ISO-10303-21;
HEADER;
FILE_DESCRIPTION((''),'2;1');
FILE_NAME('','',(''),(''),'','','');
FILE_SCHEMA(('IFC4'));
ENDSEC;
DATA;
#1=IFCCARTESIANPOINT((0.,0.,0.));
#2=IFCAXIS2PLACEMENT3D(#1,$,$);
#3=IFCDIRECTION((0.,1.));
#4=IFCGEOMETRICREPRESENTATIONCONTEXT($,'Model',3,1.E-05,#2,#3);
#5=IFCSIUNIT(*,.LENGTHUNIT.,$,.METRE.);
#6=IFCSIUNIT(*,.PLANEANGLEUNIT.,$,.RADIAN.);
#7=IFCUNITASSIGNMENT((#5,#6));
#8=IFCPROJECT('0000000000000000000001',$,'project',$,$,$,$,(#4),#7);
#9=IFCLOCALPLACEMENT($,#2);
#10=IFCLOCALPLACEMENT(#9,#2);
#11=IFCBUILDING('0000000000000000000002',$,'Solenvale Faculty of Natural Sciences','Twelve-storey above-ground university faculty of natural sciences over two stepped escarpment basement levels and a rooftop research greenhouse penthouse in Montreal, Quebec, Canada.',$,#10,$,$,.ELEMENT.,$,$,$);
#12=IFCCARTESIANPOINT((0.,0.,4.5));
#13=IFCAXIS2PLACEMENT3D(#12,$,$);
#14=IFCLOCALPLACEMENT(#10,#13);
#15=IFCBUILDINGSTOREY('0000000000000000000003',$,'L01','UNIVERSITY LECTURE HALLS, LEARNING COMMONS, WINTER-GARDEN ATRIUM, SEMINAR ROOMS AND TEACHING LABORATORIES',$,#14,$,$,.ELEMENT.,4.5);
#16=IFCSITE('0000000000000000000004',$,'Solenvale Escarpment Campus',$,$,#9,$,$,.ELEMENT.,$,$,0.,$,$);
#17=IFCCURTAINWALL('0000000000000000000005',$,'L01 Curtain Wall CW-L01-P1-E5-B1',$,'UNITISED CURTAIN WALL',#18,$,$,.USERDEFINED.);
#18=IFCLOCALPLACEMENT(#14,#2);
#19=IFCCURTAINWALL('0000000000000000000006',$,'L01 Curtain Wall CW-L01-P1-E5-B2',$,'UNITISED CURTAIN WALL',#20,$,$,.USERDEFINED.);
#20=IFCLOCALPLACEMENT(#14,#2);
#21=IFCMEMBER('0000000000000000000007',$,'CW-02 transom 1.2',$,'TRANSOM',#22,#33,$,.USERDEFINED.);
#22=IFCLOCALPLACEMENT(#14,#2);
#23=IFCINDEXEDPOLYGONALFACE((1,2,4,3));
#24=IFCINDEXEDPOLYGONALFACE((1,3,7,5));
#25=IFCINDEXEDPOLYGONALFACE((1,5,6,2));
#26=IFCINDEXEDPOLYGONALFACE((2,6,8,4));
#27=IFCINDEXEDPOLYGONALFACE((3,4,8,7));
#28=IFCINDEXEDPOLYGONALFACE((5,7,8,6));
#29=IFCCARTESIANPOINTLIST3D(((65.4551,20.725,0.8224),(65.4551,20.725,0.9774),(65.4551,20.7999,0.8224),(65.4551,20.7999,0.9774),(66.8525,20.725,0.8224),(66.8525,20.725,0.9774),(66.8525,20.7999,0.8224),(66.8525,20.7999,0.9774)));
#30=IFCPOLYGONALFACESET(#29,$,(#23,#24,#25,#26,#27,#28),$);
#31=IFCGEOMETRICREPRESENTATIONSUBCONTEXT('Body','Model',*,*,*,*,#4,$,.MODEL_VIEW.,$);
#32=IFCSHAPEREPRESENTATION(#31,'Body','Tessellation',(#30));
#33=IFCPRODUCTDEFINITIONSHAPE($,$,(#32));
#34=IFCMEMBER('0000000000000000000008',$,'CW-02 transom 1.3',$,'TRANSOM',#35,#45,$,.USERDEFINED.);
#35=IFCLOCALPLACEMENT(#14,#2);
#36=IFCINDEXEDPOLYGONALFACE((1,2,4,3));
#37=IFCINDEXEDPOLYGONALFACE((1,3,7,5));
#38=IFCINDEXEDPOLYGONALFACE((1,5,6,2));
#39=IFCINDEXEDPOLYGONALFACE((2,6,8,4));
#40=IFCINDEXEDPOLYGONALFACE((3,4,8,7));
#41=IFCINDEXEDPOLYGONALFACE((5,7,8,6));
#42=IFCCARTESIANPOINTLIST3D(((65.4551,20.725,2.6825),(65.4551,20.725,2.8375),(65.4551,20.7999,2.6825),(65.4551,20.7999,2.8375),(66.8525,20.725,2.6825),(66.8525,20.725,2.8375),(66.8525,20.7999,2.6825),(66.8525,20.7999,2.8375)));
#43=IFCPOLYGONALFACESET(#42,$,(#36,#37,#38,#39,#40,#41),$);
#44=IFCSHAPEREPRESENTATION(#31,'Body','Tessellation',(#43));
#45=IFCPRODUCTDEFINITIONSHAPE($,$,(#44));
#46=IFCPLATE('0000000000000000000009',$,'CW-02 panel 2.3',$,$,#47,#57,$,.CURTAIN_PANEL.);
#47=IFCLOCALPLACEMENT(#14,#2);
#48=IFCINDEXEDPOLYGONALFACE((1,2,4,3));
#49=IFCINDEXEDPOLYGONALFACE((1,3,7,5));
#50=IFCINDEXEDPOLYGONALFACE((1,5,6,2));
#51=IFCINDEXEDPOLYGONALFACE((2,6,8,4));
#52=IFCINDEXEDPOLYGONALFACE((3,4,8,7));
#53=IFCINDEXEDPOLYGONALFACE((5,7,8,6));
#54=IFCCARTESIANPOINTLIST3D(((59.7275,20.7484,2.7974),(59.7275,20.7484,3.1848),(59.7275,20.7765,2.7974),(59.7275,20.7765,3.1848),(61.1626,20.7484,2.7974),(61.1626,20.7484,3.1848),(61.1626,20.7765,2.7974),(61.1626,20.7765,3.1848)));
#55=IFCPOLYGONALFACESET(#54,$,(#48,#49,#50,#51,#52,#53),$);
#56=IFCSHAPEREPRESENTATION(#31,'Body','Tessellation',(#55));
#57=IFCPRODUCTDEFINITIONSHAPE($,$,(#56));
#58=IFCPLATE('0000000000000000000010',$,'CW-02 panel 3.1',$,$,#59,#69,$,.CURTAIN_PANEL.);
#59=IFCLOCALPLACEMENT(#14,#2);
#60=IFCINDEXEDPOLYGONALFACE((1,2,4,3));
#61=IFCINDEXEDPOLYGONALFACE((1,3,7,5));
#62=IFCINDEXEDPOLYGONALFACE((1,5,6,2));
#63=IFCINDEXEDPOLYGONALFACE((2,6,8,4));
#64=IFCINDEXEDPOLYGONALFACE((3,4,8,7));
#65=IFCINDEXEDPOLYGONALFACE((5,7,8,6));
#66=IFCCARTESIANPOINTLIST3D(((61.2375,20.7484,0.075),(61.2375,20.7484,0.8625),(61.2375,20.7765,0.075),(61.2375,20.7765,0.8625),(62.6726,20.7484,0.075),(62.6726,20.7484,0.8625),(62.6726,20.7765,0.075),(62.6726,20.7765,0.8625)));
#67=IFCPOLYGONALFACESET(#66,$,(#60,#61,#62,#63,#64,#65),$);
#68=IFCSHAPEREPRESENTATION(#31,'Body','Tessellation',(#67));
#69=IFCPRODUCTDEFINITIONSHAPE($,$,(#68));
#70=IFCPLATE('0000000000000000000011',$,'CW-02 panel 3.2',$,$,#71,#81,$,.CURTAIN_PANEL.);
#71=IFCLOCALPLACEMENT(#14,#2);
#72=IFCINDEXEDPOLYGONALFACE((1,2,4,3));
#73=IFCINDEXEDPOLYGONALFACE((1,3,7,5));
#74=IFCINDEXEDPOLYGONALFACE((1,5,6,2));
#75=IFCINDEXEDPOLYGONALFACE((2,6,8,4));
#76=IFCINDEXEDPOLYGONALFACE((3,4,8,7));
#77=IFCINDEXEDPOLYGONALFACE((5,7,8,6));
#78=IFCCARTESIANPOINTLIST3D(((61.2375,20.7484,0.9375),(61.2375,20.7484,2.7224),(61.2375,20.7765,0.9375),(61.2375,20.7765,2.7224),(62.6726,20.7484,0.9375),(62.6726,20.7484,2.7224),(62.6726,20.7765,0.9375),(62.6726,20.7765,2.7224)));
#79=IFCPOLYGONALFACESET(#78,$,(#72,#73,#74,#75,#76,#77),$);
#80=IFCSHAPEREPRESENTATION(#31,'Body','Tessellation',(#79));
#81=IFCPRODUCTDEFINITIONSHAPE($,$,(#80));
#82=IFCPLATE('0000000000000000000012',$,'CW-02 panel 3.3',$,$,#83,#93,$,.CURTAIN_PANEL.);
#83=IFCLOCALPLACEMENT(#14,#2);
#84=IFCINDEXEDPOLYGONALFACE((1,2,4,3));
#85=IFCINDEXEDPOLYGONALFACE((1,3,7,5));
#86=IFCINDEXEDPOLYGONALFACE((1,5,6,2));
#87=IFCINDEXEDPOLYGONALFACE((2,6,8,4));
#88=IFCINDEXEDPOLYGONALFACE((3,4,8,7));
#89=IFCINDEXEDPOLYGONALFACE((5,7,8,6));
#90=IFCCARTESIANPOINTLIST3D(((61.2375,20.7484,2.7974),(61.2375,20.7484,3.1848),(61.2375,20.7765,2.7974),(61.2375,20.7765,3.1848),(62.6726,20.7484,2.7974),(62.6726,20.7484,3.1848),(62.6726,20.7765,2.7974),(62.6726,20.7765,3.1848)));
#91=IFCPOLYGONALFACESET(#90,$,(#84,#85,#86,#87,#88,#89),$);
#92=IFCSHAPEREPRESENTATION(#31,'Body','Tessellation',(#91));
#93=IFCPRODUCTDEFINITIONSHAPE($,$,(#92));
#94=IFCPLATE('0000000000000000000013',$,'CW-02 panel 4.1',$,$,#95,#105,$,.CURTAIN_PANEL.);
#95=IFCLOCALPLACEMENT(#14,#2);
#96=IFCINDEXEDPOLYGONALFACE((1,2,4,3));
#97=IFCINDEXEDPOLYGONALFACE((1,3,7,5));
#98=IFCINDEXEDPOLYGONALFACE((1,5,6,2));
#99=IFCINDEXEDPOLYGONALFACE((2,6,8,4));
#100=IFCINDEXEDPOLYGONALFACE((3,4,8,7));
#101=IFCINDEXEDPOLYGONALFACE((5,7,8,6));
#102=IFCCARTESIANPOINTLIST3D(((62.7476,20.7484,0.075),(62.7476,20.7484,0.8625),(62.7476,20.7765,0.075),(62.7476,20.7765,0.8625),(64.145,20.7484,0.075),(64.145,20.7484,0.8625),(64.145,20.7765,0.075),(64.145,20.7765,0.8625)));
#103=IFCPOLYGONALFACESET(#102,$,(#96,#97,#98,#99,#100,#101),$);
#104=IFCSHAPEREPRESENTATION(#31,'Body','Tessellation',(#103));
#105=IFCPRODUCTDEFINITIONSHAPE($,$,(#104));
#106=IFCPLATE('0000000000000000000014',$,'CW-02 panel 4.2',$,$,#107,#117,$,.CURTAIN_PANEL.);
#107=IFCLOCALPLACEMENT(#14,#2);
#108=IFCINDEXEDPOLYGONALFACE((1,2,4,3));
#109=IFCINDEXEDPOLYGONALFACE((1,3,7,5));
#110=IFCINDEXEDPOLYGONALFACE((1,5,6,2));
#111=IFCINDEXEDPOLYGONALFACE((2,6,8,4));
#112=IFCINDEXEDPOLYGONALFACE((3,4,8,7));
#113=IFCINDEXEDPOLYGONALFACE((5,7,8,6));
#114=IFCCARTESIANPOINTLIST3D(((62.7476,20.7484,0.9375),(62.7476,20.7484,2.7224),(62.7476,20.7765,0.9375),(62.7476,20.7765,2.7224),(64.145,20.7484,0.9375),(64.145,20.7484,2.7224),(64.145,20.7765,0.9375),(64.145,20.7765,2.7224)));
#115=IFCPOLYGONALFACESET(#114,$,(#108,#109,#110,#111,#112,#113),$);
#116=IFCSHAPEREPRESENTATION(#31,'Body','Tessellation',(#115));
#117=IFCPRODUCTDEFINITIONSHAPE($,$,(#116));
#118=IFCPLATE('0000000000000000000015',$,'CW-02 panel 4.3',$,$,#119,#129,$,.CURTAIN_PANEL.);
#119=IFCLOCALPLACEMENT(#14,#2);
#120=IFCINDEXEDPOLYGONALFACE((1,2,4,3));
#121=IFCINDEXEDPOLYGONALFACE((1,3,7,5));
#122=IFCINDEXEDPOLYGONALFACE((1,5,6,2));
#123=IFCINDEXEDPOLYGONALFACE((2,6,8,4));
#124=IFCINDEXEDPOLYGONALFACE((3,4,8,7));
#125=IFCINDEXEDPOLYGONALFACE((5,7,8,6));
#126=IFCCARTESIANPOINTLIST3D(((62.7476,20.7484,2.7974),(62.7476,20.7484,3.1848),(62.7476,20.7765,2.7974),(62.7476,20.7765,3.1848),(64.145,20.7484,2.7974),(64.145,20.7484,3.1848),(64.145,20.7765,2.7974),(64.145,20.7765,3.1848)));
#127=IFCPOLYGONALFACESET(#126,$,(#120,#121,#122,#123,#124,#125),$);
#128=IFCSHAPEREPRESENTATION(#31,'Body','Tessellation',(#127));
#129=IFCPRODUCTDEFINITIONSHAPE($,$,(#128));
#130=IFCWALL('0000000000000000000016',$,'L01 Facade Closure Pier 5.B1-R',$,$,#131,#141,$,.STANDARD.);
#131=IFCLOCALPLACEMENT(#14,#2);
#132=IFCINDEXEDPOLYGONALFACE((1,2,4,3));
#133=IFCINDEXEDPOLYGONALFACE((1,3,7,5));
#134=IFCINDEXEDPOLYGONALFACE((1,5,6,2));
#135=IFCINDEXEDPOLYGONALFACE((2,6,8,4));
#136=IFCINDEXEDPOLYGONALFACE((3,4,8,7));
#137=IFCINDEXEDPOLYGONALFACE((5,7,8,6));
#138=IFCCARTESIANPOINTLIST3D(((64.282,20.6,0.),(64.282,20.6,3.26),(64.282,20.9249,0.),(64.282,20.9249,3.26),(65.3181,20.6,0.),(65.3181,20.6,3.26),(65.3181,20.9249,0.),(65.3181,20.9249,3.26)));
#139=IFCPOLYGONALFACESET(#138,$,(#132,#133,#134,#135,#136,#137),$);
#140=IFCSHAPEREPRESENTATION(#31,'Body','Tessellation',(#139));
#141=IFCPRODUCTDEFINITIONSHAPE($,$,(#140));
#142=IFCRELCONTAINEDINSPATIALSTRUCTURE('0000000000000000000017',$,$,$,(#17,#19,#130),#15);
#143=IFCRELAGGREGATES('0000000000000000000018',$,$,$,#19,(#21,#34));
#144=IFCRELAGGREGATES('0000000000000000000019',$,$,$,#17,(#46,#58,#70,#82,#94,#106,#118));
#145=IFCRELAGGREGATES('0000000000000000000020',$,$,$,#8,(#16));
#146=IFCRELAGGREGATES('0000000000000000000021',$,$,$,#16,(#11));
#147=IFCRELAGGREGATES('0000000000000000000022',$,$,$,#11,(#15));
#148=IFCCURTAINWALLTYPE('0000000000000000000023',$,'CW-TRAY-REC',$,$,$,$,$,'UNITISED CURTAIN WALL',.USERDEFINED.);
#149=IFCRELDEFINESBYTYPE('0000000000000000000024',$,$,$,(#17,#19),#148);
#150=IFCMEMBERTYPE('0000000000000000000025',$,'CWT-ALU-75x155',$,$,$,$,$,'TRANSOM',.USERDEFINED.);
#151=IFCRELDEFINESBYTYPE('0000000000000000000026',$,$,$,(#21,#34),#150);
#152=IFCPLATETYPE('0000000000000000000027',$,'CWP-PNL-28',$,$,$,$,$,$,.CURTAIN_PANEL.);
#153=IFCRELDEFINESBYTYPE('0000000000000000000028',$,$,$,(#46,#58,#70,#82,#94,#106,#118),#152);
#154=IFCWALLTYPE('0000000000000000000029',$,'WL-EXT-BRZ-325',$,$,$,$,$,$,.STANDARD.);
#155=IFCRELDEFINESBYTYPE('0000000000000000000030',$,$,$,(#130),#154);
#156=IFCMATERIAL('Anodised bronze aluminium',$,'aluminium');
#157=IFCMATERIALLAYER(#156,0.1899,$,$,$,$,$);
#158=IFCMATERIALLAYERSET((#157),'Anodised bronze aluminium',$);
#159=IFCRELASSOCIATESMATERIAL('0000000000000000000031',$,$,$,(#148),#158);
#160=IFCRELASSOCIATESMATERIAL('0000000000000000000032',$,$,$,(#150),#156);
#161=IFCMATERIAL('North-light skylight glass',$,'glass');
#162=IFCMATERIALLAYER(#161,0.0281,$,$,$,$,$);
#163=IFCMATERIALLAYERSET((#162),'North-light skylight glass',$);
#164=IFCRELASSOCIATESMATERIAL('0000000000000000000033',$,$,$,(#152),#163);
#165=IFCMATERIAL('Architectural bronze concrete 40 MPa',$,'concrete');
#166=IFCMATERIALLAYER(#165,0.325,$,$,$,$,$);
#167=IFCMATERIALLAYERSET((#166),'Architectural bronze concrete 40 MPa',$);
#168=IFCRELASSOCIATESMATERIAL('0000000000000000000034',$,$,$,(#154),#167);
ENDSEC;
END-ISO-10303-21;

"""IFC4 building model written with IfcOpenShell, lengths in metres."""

from ifc_helpers import new_model, si_unit, direction, frame, frame_2d, origin, origin_2d, place, context, subcontext, project, spatial, rectangle, extrude, material, layer, layer_set, material_profile, profile_set, type_object, element, aggregate, save


model = new_model("IFC4")

# Units and contexts
model_context = context("Model", 3, precision=1e-05, world=origin(), true_north=direction((0.0, 1.0)))
body_context = subcontext(model_context, "Body", "Model", "MODEL_VIEW")
ifc_project = project(units=[si_unit("LENGTHUNIT", "METRE"), si_unit("PLANEANGLEUNIT", "RADIAN")], contexts=[model_context])

# Site, building, storey
site_placement = place(None, origin())
site = spatial("IfcSite", under=ifc_project, at=site_placement, Name="Solenvale Escarpment Campus", CompositionType="ELEMENT", RefElevation=0.0)
building_placement = place(site_placement, origin())
building = spatial("IfcBuilding", under=site, at=building_placement, Name="Solenvale Faculty of Natural Sciences", Description="Twelve-storey above-ground university faculty of natural sciences over two stepped escarpment basement levels and a rooftop research greenhouse penthouse in Montreal, Quebec, Canada.", CompositionType="ELEMENT")
storey_placement = place(building_placement, frame((0.0, 0.0, 4.5)))
storey = spatial("IfcBuildingStorey", under=building, at=storey_placement, Name="L01", Description="UNIVERSITY LECTURE HALLS, LEARNING COMMONS, WINTER-GARDEN ATRIUM, SEMINAR ROOMS AND TEACHING LABORATORIES", CompositionType="ELEMENT", Elevation=4.5)

# Shared definitions
ifc_material_1 = material(Name="Architectural bronze concrete 40 MPa", Category="concrete")

# Curtain wall
ifc_material_2 = material(Name="Anodised bronze aluminium", Category="aluminium")
ifc_layer_1 = layer(ifc_material_2, 0.1899)
ifc_layer_set_1 = layer_set([ifc_layer_1], Name="Anodised bronze aluminium")
curtain_wall_type = type_object("IfcCurtainWallType", Name="CW-TRAY-REC", ElementType="UNITISED CURTAIN WALL", PredefinedType="USERDEFINED", material=ifc_layer_set_1)
curtain_wall_1_placement = place(storey_placement, origin())
curtain_wall_1 = element("IfcCurtainWall", 1, at=curtain_wall_1_placement, inside=storey, type_object=curtain_wall_type, Name="L01 Curtain Wall CW-L01-P1-E5-B1", ObjectType="UNITISED CURTAIN WALL", PredefinedType="USERDEFINED")

# Curtain wall
curtain_wall_2_placement = place(storey_placement, origin())
curtain_wall_2 = element("IfcCurtainWall", 2, at=curtain_wall_2_placement, inside=storey, type_object=curtain_wall_type, Name="L01 Curtain Wall CW-L01-P1-E5-B2", ObjectType="UNITISED CURTAIN WALL", PredefinedType="USERDEFINED")

# Members
ifc_material_profile_1 = material_profile(ifc_material_2, rectangle(XDim=0.075, YDim=0.155, at=origin_2d()), Name="ALU-TRN-75x155")
ifc_profile_set_1 = profile_set([ifc_material_profile_1], Name="Anodised bronze aluminium")
member_type_1 = type_object("IfcMemberType", Name="CWT-ALU-75x155", ElementType="TRANSOM", PredefinedType="USERDEFINED", material=ifc_profile_set_1)
member_1_placement = place(storey_placement, frame((65.4551, 20.7625, 0.8999), z_axis=(1.0, 0.0, 0.0), x_axis=(0.0, 1.0, 0.0)))
member_1 = element("IfcMember", 3, at=member_1_placement, type_object=member_type_1, Name="CW-02 transom 1.2", ObjectType="TRANSOM", PredefinedType="USERDEFINED", context=body_context, shape_type="SweptSolid", body=[
    extrude(rectangle(XDim=0.075, YDim=0.155, at=origin_2d()), origin(), (0.0, 0.0, 1.0), 1.3975),
])
member_2_placement = place(storey_placement, frame((65.4551, 20.7625, 2.76), z_axis=(1.0, 0.0, 0.0), x_axis=(0.0, 1.0, 0.0)))
member_2 = element("IfcMember", 4, at=member_2_placement, type_object=member_type_1, Name="CW-02 transom 1.3", ObjectType="TRANSOM", PredefinedType="USERDEFINED", context=body_context, shape_type="SweptSolid", body=[
    extrude(rectangle(XDim=0.075, YDim=0.155, at=origin_2d()), origin(), (0.0, 0.0, 1.0), 1.3975),
])
aggregate(curtain_wall_2, [member_1, member_2])

# Plates
ifc_material_3 = material(Name="North-light skylight glass", Category="glass")
ifc_layer_2 = layer(ifc_material_3, 0.0281)
ifc_layer_set_2 = layer_set([ifc_layer_2], Name="North-light skylight glass")
plate_type = type_object("IfcPlateType", Name="CWP-PNL-28", PredefinedType="CURTAIN_PANEL", material=ifc_layer_set_2)
plate_1_placement = place(storey_placement, frame((60.4451, 20.7625, 2.7974), z_axis=(0.0, 0.0, 1.0), x_axis=(1.0, 0.0, 0.0)))
plate_1 = element("IfcPlate", 5, at=plate_1_placement, type_object=plate_type, Name="CW-02 panel 2.3", PredefinedType="CURTAIN_PANEL", context=body_context, shape_type="SweptSolid", body=[
    extrude(rectangle(XDim=1.4351, YDim=0.0281, at=origin_2d()), origin(), (0.0, 0.0, 1.0), 0.3875),
])
plate_2_placement = place(storey_placement, frame((61.9551, 20.7625, 0.075), z_axis=(0.0, 0.0, 1.0), x_axis=(1.0, 0.0, 0.0)))
plate_2 = element("IfcPlate", 6, at=plate_2_placement, type_object=plate_type, Name="CW-02 panel 3.1", PredefinedType="CURTAIN_PANEL", context=body_context, shape_type="SweptSolid", body=[
    extrude(rectangle(XDim=1.4351, YDim=0.0281, at=origin_2d()), origin(), (0.0, 0.0, 1.0), 0.7876),
])
plate_3_placement = place(storey_placement, frame((61.9551, 20.7625, 0.9375), z_axis=(0.0, 0.0, 1.0), x_axis=(1.0, 0.0, 0.0)))
plate_3 = element("IfcPlate", 7, at=plate_3_placement, type_object=plate_type, Name="CW-02 panel 3.2", PredefinedType="CURTAIN_PANEL", context=body_context, shape_type="SweptSolid", body=[
    extrude(rectangle(XDim=1.4351, YDim=0.0281, at=origin_2d()), origin(), (0.0, 0.0, 1.0), 1.7849),
])
plate_4_placement = place(storey_placement, frame((61.9551, 20.7625, 2.7974), z_axis=(0.0, 0.0, 1.0), x_axis=(1.0, 0.0, 0.0)))
plate_4 = element("IfcPlate", 8, at=plate_4_placement, type_object=plate_type, Name="CW-02 panel 3.3", PredefinedType="CURTAIN_PANEL", context=body_context, shape_type="SweptSolid", body=[
    extrude(rectangle(XDim=1.4351, YDim=0.0281, at=origin_2d()), origin(), (0.0, 0.0, 1.0), 0.3875),
])
plate_5_placement = place(storey_placement, frame((63.4463, 20.7625, 0.075), z_axis=(0.0, 0.0, 1.0), x_axis=(1.0, 0.0, 0.0)))
plate_5 = element("IfcPlate", 9, at=plate_5_placement, type_object=plate_type, Name="CW-02 panel 4.1", PredefinedType="CURTAIN_PANEL", context=body_context, shape_type="SweptSolid", body=[
    extrude(rectangle(XDim=1.3975, YDim=0.0281, at=origin_2d()), origin(), (0.0, 0.0, 1.0), 0.7876),
])
plate_6_placement = place(storey_placement, frame((63.4463, 20.7625, 0.9375), z_axis=(0.0, 0.0, 1.0), x_axis=(1.0, 0.0, 0.0)))
plate_6 = element("IfcPlate", 10, at=plate_6_placement, type_object=plate_type, Name="CW-02 panel 4.2", PredefinedType="CURTAIN_PANEL", context=body_context, shape_type="SweptSolid", body=[
    extrude(rectangle(XDim=1.3975, YDim=0.0281, at=origin_2d()), origin(), (0.0, 0.0, 1.0), 1.7849),
])
plate_7_placement = place(storey_placement, frame((63.4463, 20.7625, 2.7974), z_axis=(0.0, 0.0, 1.0), x_axis=(1.0, 0.0, 0.0)))
plate_7 = element("IfcPlate", 11, at=plate_7_placement, type_object=plate_type, Name="CW-02 panel 4.3", PredefinedType="CURTAIN_PANEL", context=body_context, shape_type="SweptSolid", body=[
    extrude(rectangle(XDim=1.3975, YDim=0.0281, at=origin_2d()), origin(), (0.0, 0.0, 1.0), 0.3875),
])
aggregate(curtain_wall_1, [plate_1, plate_2, plate_3, plate_4, plate_5, plate_6, plate_7])

# Wall
ifc_layer_3 = layer(ifc_material_1, 0.325)
ifc_layer_set_3 = layer_set([ifc_layer_3], Name="Architectural bronze concrete 40 MPa")
wall_type = type_object("IfcWallType", Name="WL-EXT-BRZ-325", PredefinedType="STANDARD", material=ifc_layer_set_3)
wall_placement = place(storey_placement, frame((64.282, 20.7625, 0.0), z_axis=(0.0, 0.0, 1.0), x_axis=(1.0, 0.0, 0.0)))
element("IfcWall", 12, at=wall_placement, inside=storey, type_object=wall_type, Name="L01 Facade Closure Pier 5.B1-R", PredefinedType="STANDARD", context=body_context, shape_type="SweptSolid", body=[
    extrude(rectangle(XDim=1.0361, YDim=0.325, at=frame_2d((0.5181, 0.0))), origin(), (0.0, 0.0, 1.0), 3.26),
])

save(model, "model.ifc")
